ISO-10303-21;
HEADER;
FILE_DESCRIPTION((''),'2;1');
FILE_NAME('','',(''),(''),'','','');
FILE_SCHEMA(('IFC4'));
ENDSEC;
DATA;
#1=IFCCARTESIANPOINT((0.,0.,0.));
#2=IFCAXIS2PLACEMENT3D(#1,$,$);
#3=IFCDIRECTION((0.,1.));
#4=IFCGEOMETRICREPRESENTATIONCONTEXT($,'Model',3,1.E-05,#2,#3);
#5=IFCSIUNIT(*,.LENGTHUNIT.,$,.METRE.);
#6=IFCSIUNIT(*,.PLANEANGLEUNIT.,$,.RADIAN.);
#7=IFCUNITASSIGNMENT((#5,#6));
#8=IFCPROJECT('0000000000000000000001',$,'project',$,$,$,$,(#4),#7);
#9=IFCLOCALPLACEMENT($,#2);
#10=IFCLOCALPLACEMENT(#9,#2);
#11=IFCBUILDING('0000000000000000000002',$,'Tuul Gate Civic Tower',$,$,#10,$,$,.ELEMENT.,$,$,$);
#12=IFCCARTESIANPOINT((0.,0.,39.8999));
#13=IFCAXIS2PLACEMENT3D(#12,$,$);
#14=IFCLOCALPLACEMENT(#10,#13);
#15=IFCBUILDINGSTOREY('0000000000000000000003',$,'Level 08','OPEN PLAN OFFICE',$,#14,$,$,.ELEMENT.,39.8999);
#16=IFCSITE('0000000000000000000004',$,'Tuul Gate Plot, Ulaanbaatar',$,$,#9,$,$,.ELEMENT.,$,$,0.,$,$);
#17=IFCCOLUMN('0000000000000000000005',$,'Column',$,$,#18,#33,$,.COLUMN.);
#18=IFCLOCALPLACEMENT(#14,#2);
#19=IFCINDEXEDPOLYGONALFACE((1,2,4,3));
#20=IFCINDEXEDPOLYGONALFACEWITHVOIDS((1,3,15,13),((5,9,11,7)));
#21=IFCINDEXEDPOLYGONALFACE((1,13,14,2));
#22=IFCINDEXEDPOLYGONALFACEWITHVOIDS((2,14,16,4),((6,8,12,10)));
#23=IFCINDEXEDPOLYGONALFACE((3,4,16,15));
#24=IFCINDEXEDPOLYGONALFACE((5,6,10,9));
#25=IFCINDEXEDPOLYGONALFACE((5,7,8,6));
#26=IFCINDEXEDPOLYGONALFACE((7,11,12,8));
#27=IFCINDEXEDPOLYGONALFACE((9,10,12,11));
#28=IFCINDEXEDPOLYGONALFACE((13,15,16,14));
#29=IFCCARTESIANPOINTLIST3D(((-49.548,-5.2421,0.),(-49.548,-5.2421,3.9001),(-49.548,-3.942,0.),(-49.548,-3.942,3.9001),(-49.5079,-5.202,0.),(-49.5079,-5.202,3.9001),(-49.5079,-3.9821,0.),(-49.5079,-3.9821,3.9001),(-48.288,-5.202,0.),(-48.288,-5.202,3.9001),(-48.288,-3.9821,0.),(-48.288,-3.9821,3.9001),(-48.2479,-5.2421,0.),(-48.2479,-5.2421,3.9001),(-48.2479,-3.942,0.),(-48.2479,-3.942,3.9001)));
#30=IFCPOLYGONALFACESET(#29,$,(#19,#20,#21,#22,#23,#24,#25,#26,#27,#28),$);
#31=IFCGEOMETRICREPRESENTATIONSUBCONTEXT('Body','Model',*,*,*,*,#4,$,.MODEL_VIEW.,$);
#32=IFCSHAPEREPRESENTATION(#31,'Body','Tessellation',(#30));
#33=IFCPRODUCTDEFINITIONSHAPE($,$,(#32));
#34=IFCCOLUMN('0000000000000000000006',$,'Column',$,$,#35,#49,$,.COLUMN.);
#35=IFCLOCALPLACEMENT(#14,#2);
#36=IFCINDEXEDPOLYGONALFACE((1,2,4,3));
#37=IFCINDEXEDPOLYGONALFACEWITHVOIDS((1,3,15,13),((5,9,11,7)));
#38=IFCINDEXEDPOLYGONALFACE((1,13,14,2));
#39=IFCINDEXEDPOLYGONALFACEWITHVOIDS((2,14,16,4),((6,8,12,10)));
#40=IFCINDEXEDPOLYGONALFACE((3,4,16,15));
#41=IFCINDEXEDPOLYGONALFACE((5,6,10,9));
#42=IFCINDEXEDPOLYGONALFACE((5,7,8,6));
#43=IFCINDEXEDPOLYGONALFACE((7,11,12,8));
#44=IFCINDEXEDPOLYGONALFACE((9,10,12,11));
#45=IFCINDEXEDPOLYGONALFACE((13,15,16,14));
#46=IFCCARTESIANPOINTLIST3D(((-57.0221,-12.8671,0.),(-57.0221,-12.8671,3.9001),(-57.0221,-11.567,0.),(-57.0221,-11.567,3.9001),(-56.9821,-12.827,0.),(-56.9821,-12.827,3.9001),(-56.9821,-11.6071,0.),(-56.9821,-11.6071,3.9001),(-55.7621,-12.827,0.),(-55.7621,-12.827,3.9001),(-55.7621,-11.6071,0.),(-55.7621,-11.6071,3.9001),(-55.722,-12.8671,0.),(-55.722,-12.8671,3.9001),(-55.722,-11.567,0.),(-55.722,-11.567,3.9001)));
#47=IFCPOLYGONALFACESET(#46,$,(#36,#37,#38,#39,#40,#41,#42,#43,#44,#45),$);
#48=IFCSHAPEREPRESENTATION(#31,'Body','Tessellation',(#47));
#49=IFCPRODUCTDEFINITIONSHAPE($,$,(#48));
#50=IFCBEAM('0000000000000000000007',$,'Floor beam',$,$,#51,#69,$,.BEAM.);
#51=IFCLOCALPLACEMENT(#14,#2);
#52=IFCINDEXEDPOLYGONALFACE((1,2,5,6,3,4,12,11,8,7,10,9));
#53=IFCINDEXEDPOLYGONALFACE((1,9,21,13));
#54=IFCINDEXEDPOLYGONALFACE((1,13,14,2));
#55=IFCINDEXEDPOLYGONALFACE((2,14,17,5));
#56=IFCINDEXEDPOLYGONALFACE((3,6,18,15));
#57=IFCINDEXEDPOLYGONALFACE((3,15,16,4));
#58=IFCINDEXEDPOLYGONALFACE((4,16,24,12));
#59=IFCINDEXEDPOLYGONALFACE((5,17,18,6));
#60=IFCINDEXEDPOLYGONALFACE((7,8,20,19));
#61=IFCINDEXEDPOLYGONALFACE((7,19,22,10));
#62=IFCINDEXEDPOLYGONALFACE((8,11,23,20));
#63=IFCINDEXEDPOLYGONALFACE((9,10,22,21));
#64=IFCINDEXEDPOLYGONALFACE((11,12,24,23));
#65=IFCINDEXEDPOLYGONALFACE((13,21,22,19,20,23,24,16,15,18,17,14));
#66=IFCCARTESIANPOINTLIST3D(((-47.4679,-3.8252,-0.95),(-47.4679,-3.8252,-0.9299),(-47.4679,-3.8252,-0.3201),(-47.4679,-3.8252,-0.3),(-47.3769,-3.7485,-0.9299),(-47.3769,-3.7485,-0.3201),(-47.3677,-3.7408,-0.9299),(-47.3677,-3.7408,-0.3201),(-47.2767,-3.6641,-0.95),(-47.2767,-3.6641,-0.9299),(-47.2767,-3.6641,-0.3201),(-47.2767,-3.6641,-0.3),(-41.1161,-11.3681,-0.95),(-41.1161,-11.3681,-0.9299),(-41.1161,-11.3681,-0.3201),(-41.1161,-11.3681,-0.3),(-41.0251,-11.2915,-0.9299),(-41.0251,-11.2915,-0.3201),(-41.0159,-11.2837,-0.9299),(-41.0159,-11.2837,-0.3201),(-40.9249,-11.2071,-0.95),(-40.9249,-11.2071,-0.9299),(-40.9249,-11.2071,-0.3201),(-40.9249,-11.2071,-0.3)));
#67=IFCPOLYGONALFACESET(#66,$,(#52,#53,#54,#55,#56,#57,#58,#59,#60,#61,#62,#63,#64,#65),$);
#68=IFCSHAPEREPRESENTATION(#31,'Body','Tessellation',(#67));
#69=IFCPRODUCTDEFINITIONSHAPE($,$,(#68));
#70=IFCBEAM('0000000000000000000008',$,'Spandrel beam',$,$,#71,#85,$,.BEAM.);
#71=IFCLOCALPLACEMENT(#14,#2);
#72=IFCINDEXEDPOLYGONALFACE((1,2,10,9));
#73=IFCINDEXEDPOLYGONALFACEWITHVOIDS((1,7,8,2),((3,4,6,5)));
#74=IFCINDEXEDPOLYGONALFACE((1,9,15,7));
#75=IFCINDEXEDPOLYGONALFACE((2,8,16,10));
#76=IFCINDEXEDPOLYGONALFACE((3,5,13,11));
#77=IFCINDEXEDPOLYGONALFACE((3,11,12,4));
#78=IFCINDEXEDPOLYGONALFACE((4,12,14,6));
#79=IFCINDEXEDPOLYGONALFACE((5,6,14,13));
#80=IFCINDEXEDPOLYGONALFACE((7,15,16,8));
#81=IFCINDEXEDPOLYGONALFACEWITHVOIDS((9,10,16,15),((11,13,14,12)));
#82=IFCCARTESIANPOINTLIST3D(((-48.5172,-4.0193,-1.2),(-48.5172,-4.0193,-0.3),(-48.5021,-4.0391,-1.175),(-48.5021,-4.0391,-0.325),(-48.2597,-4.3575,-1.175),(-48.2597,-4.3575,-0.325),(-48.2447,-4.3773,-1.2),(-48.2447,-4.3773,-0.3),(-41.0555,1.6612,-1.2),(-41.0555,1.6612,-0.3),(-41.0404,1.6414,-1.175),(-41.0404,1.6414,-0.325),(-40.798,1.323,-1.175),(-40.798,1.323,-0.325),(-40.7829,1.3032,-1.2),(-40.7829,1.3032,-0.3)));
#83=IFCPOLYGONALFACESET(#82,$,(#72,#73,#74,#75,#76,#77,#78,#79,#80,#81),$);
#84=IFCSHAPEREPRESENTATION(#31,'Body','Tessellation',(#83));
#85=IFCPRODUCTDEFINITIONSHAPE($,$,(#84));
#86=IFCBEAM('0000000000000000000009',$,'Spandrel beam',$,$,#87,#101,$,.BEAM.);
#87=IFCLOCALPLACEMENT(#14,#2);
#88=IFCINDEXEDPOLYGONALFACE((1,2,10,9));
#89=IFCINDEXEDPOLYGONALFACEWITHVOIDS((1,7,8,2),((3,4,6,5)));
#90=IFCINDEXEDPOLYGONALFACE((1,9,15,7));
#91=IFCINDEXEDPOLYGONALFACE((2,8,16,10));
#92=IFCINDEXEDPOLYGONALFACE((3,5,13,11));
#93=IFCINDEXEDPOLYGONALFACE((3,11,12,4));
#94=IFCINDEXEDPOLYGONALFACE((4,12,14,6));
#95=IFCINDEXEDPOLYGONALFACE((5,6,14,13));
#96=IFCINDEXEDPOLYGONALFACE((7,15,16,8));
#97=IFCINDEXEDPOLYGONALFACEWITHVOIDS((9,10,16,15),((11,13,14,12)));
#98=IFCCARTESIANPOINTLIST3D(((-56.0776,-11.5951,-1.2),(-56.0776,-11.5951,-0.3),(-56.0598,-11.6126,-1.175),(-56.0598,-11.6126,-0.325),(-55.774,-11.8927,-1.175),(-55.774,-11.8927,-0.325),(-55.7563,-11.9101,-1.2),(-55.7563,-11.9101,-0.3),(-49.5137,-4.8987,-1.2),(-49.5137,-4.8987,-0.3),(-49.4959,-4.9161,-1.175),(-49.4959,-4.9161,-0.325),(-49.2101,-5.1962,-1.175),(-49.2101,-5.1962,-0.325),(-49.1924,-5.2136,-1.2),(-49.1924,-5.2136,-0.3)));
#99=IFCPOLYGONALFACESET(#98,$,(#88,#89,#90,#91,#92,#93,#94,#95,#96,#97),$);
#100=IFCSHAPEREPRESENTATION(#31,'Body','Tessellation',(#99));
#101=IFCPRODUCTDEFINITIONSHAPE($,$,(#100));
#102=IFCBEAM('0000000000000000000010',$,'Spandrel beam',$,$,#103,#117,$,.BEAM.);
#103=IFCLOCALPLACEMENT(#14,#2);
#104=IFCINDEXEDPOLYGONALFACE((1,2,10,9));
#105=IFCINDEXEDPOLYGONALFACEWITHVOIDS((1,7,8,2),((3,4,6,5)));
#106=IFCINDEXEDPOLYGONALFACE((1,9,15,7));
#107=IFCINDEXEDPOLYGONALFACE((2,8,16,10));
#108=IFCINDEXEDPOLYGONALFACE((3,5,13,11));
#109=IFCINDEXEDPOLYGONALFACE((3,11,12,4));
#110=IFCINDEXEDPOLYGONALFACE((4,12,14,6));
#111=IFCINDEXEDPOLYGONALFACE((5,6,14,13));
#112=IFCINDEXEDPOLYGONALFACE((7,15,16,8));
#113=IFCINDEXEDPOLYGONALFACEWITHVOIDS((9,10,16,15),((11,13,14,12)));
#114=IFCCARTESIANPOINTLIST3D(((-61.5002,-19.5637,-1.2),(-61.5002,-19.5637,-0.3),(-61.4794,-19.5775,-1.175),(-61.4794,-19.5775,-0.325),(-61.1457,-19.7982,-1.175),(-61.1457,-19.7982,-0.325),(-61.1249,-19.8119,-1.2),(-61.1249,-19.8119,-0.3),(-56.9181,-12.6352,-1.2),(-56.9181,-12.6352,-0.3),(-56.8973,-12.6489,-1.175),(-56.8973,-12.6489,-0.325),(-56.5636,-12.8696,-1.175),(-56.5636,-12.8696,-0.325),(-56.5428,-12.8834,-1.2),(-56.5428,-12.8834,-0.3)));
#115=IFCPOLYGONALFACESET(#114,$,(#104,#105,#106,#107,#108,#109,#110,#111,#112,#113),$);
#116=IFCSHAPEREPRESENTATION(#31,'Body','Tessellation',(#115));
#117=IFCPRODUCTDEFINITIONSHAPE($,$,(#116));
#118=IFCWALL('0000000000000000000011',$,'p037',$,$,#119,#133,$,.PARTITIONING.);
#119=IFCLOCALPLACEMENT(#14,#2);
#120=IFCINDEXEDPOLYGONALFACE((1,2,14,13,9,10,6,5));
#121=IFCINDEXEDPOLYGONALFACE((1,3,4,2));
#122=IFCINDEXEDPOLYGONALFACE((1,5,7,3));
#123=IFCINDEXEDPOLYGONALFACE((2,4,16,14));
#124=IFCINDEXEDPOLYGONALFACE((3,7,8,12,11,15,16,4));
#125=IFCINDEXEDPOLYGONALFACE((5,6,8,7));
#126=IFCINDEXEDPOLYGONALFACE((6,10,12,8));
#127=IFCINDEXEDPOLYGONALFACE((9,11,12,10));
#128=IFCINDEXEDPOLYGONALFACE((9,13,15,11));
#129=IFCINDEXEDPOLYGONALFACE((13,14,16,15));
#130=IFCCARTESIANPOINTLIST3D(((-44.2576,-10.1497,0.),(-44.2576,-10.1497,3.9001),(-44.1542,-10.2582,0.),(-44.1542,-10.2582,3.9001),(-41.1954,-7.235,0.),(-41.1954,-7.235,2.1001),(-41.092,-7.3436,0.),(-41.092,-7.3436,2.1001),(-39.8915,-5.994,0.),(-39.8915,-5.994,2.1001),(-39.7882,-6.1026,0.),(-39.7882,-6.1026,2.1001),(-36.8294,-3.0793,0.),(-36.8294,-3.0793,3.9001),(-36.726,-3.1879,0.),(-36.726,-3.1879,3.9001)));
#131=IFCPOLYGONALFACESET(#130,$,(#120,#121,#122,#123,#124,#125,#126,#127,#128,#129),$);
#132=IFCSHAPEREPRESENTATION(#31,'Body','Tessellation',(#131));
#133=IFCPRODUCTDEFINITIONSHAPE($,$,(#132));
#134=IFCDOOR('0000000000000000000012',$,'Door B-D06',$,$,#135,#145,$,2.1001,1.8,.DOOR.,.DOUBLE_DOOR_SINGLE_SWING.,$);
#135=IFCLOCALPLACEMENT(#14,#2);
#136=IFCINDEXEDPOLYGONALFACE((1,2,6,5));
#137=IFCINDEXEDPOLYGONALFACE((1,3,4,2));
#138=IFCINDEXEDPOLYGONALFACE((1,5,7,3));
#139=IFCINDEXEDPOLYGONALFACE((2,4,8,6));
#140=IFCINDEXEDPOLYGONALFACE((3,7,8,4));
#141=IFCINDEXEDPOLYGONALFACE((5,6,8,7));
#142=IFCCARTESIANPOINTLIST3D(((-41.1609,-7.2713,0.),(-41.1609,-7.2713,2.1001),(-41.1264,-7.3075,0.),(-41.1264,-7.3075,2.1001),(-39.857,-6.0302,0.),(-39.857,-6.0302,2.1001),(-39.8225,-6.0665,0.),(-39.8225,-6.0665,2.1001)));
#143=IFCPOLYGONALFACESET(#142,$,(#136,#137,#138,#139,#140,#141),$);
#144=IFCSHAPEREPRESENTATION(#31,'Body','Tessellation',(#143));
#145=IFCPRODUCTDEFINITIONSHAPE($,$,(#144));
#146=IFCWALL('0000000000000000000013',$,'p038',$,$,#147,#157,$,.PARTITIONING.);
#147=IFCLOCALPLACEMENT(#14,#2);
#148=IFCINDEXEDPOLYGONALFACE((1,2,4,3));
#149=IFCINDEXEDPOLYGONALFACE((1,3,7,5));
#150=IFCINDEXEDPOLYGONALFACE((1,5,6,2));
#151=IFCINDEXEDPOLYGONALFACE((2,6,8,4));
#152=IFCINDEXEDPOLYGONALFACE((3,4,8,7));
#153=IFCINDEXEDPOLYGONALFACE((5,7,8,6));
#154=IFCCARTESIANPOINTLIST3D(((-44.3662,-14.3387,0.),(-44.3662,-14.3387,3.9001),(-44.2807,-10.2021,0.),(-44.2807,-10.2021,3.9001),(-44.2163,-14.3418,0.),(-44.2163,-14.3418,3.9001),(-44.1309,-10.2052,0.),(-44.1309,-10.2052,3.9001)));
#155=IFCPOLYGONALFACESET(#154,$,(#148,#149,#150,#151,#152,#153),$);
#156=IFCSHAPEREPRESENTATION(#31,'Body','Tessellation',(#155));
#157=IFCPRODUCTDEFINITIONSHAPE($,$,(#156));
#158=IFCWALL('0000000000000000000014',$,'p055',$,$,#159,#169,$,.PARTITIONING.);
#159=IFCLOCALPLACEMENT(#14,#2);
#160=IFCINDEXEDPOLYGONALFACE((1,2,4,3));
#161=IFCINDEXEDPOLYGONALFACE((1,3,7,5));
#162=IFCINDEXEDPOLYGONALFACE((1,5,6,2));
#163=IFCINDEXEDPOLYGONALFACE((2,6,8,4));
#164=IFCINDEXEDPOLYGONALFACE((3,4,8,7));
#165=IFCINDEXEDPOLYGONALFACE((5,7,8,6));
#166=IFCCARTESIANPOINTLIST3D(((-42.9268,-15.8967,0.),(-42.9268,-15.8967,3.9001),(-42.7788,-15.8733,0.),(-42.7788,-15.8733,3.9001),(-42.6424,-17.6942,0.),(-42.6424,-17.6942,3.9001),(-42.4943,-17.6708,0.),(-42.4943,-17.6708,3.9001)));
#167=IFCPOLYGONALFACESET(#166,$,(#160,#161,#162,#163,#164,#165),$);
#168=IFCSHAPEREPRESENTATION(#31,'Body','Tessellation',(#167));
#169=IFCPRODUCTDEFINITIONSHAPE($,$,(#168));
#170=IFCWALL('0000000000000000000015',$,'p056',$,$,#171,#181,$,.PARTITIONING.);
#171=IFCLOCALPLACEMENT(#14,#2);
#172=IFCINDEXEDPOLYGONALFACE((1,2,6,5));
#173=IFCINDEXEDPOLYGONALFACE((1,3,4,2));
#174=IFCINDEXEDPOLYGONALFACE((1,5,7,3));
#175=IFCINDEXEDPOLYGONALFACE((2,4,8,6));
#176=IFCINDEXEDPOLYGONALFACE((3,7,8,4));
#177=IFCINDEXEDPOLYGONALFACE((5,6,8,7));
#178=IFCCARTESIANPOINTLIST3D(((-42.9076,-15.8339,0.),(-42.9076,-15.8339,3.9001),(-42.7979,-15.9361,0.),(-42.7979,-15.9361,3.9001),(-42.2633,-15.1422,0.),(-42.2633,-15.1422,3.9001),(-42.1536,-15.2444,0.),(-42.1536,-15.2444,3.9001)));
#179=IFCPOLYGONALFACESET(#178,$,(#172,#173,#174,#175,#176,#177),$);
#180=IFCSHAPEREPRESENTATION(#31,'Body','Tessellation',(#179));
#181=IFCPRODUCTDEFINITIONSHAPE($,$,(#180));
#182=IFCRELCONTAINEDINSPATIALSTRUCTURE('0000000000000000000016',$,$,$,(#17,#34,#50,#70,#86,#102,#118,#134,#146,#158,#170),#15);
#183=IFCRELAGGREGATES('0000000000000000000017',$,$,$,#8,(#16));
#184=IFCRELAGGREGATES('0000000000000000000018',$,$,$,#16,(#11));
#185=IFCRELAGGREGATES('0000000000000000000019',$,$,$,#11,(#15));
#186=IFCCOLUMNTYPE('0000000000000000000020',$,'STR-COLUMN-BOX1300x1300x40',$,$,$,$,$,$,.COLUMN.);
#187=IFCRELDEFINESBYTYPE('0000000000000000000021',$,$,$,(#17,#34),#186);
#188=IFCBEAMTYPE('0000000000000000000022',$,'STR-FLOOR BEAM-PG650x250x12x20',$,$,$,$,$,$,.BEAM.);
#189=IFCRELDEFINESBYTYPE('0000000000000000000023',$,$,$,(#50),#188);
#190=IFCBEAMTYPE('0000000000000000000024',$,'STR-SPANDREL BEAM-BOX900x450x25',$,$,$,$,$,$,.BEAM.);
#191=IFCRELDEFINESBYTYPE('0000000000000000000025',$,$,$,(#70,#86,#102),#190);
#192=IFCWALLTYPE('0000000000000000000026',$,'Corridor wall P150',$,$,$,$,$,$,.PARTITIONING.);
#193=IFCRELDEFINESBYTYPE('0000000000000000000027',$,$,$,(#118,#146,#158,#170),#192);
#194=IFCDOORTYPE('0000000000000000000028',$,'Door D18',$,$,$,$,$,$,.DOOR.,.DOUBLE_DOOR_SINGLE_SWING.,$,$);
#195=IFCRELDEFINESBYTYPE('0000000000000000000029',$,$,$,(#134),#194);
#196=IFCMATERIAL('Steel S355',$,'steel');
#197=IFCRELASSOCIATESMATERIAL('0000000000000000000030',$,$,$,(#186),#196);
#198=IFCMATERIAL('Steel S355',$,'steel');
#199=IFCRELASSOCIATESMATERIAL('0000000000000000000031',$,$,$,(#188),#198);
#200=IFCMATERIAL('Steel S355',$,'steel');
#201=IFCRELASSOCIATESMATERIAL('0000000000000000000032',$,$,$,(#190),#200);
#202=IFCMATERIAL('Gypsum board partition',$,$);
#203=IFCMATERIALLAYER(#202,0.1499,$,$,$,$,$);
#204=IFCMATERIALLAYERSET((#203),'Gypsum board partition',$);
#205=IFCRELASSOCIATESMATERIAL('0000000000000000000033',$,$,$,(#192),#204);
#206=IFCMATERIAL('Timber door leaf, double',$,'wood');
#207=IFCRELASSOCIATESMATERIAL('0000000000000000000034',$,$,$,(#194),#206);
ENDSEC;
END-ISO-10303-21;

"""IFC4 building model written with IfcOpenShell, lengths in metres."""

from ifc_helpers import new_model, si_unit, direction, frame, frame_2d, origin, origin_2d, place, context, subcontext, project, spatial, rectangle, hollow_rectangle, i_section, extrude, material, layer, layer_set, material_profile, profile_set, type_object, element, fill, save


model = new_model("IFC4")

# Units and contexts
model_context = context("Model", 3, precision=1e-05, world=origin(), true_north=direction((0.0, 1.0)))
body_context = subcontext(model_context, "Body", "Model", "MODEL_VIEW")
ifc_project = project(units=[si_unit("LENGTHUNIT", "METRE"), si_unit("PLANEANGLEUNIT", "RADIAN")], contexts=[model_context])

# Site, building, storey
site_placement = place(None, origin())
site = spatial("IfcSite", under=ifc_project, at=site_placement, Name="Tuul Gate Plot, Ulaanbaatar", CompositionType="ELEMENT", RefElevation=0.0)
building_placement = place(site_placement, origin())
building = spatial("IfcBuilding", under=site, at=building_placement, Name="Tuul Gate Civic Tower", CompositionType="ELEMENT")
storey_placement = place(building_placement, frame((0.0, 0.0, 39.8999)))
storey = spatial("IfcBuildingStorey", under=building, at=storey_placement, Name="Level 08", Description="OPEN PLAN OFFICE", CompositionType="ELEMENT", Elevation=39.8999)

# Columns
ifc_material_1 = material(Name="Steel S355", Category="steel")
ifc_material_profile_1 = material_profile(ifc_material_1, hollow_rectangle(XDim=1.3, YDim=1.3, WallThickness=0.04, at=origin_2d()), Name="BOX1300x1300x40")
ifc_profile_set_1 = profile_set([ifc_material_profile_1], Name="Steel S355")
column_type = type_object("IfcColumnType", Name="STR-COLUMN-BOX1300x1300x40", PredefinedType="COLUMN", material=ifc_profile_set_1)
for number, where, z_axis, x_axis, name in (
    (1, (-48.8979, -4.592, 0.0), (0.0, 0.0, 1.0), (1.0, 0.0, 0.0), "Column"),
    (2, (-56.3721, -12.217, 0.0), (0.0, 0.0, 1.0), (1.0, 0.0, 0.0), "Column"),
):
    element("IfcColumn", number, at=place(storey_placement, frame(where, z_axis=z_axis, x_axis=x_axis)), inside=storey, type_object=column_type, Name=name, PredefinedType="COLUMN", context=body_context, shape_type="SweptSolid", body=[
        extrude(hollow_rectangle(XDim=1.3, YDim=1.3, WallThickness=0.04, at=origin_2d()), origin(), (0.0, 0.0, 1.0), 3.9001),
    ])

# Beams
ifc_material_2 = material(Name="Steel S355", Category="steel")
ifc_material_profile_2 = material_profile(ifc_material_2, i_section(OverallWidth=0.25, OverallDepth=0.6499, WebThickness=0.012, FlangeThickness=0.02, at=origin_2d()), Name="PG650x250x12x20")
ifc_profile_set_2 = profile_set([ifc_material_profile_2], Name="Steel S355")
beam_type_1 = type_object("IfcBeamType", Name="STR-FLOOR BEAM-PG650x250x12x20", PredefinedType="BEAM", material=ifc_profile_set_2)
beam_1_placement = place(storey_placement, frame((-41.0205, -11.2876, -0.625), z_axis=(-0.644126, 0.76492, 0.0), x_axis=(-0.76492, -0.644126, 0.0)))
element("IfcBeam", 3, at=beam_1_placement, inside=storey, type_object=beam_type_1, Name="Floor beam", PredefinedType="BEAM", context=body_context, shape_type="SweptSolid", body=[
    extrude(i_section(OverallWidth=0.25, OverallDepth=0.6499, WebThickness=0.012, FlangeThickness=0.02, at=origin_2d()), origin(), (0.0, 0.0, 1.0), 9.8611),
])
ifc_material_3 = material(Name="Steel S355", Category="steel")
ifc_material_profile_3 = material_profile(ifc_material_3, hollow_rectangle(XDim=0.45, YDim=0.8999, WallThickness=0.0249, at=origin_2d()), Name="BOX900x450x25")
ifc_profile_set_3 = profile_set([ifc_material_profile_3], Name="Steel S355")
beam_type_2 = type_object("IfcBeamType", Name="STR-SPANDREL BEAM-BOX900x450x25", PredefinedType="BEAM", material=ifc_profile_set_3)
beam_2_placement = place(storey_placement, frame((-40.9192, 1.4822, -0.75), z_axis=(-0.795671, -0.605729, 0.0), x_axis=(0.605729, -0.795671, 0.0)))
element("IfcBeam", 4, at=beam_2_placement, inside=storey, type_object=beam_type_2, Name="Spandrel beam", PredefinedType="BEAM", context=body_context, shape_type="SweptSolid", body=[
    extrude(hollow_rectangle(XDim=0.45, YDim=0.8999, WallThickness=0.0249, at=origin_2d()), origin(), (0.0, 0.0, 1.0), 9.3779),
])
beam_3_placement = place(storey_placement, frame((-49.353, -5.0562, -0.75), z_axis=(-0.700003, -0.71414, 0.0), x_axis=(0.71414, -0.700003, 0.0)))
element("IfcBeam", 5, at=beam_3_placement, inside=storey, type_object=beam_type_2, Name="Spandrel beam", PredefinedType="BEAM", context=body_context, shape_type="SweptSolid", body=[
    extrude(hollow_rectangle(XDim=0.45, YDim=0.8999, WallThickness=0.0249, at=origin_2d()), origin(), (0.0, 0.0, 1.0), 9.377),
])
beam_4_placement = place(storey_placement, frame((-56.7305, -12.7593, -0.75), z_axis=(-0.551617, -0.834097, 0.0), x_axis=(0.834097, -0.551617, 0.0)))
element("IfcBeam", 6, at=beam_4_placement, inside=storey, type_object=beam_type_2, Name="Spandrel beam", PredefinedType="BEAM", context=body_context, shape_type="SweptSolid", body=[
    extrude(hollow_rectangle(XDim=0.45, YDim=0.8999, WallThickness=0.0249, at=origin_2d()), origin(), (0.0, 0.0, 1.0), 8.3066),
])

# Wall, opening, door
ifc_material_4 = material(Name="Gypsum board partition")
ifc_layer_1 = layer(ifc_material_4, 0.1499)
ifc_layer_set_1 = layer_set([ifc_layer_1], Name="Gypsum board partition")
wall_type_1 = type_object("IfcWallType", Name="Corridor wall P150", PredefinedType="PARTITIONING", material=ifc_layer_set_1)
wall_1_placement = place(storey_placement, frame((-44.2058, -10.2039, 0.0), z_axis=(0.0, 0.0, 1.0), x_axis=(0.724342, 0.689441, 0.0)))
wall_1 = element("IfcWall", 7, at=wall_1_placement, inside=storey, type_object=wall_type_1, Name="p037", PredefinedType="PARTITIONING", context=body_context, shape_type="SweptSolid", body=[
    extrude(rectangle(XDim=10.2551, YDim=0.1499, at=frame_2d((5.1274, 0.0))), origin(), (0.0, 0.0, 1.0), 3.9001),
])
opening_1_placement = place(wall_1_placement, frame((4.2275, 0.0, 0.0)))
opening_1 = element("IfcOpeningElement", 8, at=opening_1_placement, cuts=wall_1, PredefinedType="OPENING", context=body_context, shape_type="SweptSolid", body=[
    extrude(rectangle(XDim=1.8, YDim=2.1001, at=frame_2d((0.8999, 1.05))), frame((0.0, 0.085, 0.0), z_axis=(0.0, -1.0, 0.0), x_axis=(1.0, 0.0, 0.0)), (0.0, 0.0, 1.0), 0.1699),
])
ifc_material_5 = material(Name="Timber door leaf, double", Category="wood")
door_type_1 = type_object("IfcDoorType", Name="Door D18", OperationType="DOUBLE_DOOR_SINGLE_SWING", PredefinedType="DOOR", material=ifc_material_5)
door_1_placement = place(opening_1_placement, origin())
door_1 = element("IfcDoor", 9, at=door_1_placement, inside=storey, type_object=door_type_1, Name="Door B-D06", OperationType="DOUBLE_DOOR_SINGLE_SWING", OverallHeight=2.1001, OverallWidth=1.8, PredefinedType="DOOR", context=body_context, shape_type="SweptSolid", body=[
    extrude(rectangle(XDim=1.8, YDim=2.1001, at=frame_2d((0.8999, 1.05))), frame((0.0, 0.0249, 0.0), z_axis=(0.0, -1.0, 0.0), x_axis=(1.0, 0.0, 0.0)), (0.0, 0.0, 1.0), 0.05),
])
fill(opening_1, door_1)

# Walls
wall_2_placement = place(storey_placement, frame((-44.2913, -14.3403, 0.0), z_axis=(0.0, 0.0, 1.0), x_axis=(0.020653, 0.999787, 0.0)))
element("IfcWall", 10, at=wall_2_placement, inside=storey, type_object=wall_type_1, Name="p038", PredefinedType="PARTITIONING", context=body_context, shape_type="SweptSolid", body=[
    extrude(rectangle(XDim=4.1375, YDim=0.1499, at=frame_2d((2.0688, 0.0))), origin(), (0.0, 0.0, 1.0), 3.9001),
])
wall_3_placement = place(storey_placement, frame((-42.8528, -15.885, 0.0), z_axis=(0.0, 0.0, 1.0), x_axis=(0.1563, -0.98771, 0.0)))
element("IfcWall", 11, at=wall_3_placement, inside=storey, type_object=wall_type_1, Name="p055", PredefinedType="PARTITIONING", context=body_context, shape_type="SweptSolid", body=[
    extrude(rectangle(XDim=1.8198, YDim=0.1499, at=frame_2d((0.9099, 0.0))), origin(), (0.0, 0.0, 1.0), 3.9001),
])
wall_4_placement = place(storey_placement, frame((-42.8528, -15.885, 0.0), z_axis=(0.0, 0.0, 1.0), x_axis=(0.681609, 0.731716, 0.0)))
element("IfcWall", 12, at=wall_4_placement, inside=storey, type_object=wall_type_1, Name="p056", PredefinedType="PARTITIONING", context=body_context, shape_type="SweptSolid", body=[
    extrude(rectangle(XDim=0.9453, YDim=0.1499, at=frame_2d((0.4727, 0.0))), origin(), (0.0, 0.0, 1.0), 3.9001),
])

save(model, "model.ifc")
